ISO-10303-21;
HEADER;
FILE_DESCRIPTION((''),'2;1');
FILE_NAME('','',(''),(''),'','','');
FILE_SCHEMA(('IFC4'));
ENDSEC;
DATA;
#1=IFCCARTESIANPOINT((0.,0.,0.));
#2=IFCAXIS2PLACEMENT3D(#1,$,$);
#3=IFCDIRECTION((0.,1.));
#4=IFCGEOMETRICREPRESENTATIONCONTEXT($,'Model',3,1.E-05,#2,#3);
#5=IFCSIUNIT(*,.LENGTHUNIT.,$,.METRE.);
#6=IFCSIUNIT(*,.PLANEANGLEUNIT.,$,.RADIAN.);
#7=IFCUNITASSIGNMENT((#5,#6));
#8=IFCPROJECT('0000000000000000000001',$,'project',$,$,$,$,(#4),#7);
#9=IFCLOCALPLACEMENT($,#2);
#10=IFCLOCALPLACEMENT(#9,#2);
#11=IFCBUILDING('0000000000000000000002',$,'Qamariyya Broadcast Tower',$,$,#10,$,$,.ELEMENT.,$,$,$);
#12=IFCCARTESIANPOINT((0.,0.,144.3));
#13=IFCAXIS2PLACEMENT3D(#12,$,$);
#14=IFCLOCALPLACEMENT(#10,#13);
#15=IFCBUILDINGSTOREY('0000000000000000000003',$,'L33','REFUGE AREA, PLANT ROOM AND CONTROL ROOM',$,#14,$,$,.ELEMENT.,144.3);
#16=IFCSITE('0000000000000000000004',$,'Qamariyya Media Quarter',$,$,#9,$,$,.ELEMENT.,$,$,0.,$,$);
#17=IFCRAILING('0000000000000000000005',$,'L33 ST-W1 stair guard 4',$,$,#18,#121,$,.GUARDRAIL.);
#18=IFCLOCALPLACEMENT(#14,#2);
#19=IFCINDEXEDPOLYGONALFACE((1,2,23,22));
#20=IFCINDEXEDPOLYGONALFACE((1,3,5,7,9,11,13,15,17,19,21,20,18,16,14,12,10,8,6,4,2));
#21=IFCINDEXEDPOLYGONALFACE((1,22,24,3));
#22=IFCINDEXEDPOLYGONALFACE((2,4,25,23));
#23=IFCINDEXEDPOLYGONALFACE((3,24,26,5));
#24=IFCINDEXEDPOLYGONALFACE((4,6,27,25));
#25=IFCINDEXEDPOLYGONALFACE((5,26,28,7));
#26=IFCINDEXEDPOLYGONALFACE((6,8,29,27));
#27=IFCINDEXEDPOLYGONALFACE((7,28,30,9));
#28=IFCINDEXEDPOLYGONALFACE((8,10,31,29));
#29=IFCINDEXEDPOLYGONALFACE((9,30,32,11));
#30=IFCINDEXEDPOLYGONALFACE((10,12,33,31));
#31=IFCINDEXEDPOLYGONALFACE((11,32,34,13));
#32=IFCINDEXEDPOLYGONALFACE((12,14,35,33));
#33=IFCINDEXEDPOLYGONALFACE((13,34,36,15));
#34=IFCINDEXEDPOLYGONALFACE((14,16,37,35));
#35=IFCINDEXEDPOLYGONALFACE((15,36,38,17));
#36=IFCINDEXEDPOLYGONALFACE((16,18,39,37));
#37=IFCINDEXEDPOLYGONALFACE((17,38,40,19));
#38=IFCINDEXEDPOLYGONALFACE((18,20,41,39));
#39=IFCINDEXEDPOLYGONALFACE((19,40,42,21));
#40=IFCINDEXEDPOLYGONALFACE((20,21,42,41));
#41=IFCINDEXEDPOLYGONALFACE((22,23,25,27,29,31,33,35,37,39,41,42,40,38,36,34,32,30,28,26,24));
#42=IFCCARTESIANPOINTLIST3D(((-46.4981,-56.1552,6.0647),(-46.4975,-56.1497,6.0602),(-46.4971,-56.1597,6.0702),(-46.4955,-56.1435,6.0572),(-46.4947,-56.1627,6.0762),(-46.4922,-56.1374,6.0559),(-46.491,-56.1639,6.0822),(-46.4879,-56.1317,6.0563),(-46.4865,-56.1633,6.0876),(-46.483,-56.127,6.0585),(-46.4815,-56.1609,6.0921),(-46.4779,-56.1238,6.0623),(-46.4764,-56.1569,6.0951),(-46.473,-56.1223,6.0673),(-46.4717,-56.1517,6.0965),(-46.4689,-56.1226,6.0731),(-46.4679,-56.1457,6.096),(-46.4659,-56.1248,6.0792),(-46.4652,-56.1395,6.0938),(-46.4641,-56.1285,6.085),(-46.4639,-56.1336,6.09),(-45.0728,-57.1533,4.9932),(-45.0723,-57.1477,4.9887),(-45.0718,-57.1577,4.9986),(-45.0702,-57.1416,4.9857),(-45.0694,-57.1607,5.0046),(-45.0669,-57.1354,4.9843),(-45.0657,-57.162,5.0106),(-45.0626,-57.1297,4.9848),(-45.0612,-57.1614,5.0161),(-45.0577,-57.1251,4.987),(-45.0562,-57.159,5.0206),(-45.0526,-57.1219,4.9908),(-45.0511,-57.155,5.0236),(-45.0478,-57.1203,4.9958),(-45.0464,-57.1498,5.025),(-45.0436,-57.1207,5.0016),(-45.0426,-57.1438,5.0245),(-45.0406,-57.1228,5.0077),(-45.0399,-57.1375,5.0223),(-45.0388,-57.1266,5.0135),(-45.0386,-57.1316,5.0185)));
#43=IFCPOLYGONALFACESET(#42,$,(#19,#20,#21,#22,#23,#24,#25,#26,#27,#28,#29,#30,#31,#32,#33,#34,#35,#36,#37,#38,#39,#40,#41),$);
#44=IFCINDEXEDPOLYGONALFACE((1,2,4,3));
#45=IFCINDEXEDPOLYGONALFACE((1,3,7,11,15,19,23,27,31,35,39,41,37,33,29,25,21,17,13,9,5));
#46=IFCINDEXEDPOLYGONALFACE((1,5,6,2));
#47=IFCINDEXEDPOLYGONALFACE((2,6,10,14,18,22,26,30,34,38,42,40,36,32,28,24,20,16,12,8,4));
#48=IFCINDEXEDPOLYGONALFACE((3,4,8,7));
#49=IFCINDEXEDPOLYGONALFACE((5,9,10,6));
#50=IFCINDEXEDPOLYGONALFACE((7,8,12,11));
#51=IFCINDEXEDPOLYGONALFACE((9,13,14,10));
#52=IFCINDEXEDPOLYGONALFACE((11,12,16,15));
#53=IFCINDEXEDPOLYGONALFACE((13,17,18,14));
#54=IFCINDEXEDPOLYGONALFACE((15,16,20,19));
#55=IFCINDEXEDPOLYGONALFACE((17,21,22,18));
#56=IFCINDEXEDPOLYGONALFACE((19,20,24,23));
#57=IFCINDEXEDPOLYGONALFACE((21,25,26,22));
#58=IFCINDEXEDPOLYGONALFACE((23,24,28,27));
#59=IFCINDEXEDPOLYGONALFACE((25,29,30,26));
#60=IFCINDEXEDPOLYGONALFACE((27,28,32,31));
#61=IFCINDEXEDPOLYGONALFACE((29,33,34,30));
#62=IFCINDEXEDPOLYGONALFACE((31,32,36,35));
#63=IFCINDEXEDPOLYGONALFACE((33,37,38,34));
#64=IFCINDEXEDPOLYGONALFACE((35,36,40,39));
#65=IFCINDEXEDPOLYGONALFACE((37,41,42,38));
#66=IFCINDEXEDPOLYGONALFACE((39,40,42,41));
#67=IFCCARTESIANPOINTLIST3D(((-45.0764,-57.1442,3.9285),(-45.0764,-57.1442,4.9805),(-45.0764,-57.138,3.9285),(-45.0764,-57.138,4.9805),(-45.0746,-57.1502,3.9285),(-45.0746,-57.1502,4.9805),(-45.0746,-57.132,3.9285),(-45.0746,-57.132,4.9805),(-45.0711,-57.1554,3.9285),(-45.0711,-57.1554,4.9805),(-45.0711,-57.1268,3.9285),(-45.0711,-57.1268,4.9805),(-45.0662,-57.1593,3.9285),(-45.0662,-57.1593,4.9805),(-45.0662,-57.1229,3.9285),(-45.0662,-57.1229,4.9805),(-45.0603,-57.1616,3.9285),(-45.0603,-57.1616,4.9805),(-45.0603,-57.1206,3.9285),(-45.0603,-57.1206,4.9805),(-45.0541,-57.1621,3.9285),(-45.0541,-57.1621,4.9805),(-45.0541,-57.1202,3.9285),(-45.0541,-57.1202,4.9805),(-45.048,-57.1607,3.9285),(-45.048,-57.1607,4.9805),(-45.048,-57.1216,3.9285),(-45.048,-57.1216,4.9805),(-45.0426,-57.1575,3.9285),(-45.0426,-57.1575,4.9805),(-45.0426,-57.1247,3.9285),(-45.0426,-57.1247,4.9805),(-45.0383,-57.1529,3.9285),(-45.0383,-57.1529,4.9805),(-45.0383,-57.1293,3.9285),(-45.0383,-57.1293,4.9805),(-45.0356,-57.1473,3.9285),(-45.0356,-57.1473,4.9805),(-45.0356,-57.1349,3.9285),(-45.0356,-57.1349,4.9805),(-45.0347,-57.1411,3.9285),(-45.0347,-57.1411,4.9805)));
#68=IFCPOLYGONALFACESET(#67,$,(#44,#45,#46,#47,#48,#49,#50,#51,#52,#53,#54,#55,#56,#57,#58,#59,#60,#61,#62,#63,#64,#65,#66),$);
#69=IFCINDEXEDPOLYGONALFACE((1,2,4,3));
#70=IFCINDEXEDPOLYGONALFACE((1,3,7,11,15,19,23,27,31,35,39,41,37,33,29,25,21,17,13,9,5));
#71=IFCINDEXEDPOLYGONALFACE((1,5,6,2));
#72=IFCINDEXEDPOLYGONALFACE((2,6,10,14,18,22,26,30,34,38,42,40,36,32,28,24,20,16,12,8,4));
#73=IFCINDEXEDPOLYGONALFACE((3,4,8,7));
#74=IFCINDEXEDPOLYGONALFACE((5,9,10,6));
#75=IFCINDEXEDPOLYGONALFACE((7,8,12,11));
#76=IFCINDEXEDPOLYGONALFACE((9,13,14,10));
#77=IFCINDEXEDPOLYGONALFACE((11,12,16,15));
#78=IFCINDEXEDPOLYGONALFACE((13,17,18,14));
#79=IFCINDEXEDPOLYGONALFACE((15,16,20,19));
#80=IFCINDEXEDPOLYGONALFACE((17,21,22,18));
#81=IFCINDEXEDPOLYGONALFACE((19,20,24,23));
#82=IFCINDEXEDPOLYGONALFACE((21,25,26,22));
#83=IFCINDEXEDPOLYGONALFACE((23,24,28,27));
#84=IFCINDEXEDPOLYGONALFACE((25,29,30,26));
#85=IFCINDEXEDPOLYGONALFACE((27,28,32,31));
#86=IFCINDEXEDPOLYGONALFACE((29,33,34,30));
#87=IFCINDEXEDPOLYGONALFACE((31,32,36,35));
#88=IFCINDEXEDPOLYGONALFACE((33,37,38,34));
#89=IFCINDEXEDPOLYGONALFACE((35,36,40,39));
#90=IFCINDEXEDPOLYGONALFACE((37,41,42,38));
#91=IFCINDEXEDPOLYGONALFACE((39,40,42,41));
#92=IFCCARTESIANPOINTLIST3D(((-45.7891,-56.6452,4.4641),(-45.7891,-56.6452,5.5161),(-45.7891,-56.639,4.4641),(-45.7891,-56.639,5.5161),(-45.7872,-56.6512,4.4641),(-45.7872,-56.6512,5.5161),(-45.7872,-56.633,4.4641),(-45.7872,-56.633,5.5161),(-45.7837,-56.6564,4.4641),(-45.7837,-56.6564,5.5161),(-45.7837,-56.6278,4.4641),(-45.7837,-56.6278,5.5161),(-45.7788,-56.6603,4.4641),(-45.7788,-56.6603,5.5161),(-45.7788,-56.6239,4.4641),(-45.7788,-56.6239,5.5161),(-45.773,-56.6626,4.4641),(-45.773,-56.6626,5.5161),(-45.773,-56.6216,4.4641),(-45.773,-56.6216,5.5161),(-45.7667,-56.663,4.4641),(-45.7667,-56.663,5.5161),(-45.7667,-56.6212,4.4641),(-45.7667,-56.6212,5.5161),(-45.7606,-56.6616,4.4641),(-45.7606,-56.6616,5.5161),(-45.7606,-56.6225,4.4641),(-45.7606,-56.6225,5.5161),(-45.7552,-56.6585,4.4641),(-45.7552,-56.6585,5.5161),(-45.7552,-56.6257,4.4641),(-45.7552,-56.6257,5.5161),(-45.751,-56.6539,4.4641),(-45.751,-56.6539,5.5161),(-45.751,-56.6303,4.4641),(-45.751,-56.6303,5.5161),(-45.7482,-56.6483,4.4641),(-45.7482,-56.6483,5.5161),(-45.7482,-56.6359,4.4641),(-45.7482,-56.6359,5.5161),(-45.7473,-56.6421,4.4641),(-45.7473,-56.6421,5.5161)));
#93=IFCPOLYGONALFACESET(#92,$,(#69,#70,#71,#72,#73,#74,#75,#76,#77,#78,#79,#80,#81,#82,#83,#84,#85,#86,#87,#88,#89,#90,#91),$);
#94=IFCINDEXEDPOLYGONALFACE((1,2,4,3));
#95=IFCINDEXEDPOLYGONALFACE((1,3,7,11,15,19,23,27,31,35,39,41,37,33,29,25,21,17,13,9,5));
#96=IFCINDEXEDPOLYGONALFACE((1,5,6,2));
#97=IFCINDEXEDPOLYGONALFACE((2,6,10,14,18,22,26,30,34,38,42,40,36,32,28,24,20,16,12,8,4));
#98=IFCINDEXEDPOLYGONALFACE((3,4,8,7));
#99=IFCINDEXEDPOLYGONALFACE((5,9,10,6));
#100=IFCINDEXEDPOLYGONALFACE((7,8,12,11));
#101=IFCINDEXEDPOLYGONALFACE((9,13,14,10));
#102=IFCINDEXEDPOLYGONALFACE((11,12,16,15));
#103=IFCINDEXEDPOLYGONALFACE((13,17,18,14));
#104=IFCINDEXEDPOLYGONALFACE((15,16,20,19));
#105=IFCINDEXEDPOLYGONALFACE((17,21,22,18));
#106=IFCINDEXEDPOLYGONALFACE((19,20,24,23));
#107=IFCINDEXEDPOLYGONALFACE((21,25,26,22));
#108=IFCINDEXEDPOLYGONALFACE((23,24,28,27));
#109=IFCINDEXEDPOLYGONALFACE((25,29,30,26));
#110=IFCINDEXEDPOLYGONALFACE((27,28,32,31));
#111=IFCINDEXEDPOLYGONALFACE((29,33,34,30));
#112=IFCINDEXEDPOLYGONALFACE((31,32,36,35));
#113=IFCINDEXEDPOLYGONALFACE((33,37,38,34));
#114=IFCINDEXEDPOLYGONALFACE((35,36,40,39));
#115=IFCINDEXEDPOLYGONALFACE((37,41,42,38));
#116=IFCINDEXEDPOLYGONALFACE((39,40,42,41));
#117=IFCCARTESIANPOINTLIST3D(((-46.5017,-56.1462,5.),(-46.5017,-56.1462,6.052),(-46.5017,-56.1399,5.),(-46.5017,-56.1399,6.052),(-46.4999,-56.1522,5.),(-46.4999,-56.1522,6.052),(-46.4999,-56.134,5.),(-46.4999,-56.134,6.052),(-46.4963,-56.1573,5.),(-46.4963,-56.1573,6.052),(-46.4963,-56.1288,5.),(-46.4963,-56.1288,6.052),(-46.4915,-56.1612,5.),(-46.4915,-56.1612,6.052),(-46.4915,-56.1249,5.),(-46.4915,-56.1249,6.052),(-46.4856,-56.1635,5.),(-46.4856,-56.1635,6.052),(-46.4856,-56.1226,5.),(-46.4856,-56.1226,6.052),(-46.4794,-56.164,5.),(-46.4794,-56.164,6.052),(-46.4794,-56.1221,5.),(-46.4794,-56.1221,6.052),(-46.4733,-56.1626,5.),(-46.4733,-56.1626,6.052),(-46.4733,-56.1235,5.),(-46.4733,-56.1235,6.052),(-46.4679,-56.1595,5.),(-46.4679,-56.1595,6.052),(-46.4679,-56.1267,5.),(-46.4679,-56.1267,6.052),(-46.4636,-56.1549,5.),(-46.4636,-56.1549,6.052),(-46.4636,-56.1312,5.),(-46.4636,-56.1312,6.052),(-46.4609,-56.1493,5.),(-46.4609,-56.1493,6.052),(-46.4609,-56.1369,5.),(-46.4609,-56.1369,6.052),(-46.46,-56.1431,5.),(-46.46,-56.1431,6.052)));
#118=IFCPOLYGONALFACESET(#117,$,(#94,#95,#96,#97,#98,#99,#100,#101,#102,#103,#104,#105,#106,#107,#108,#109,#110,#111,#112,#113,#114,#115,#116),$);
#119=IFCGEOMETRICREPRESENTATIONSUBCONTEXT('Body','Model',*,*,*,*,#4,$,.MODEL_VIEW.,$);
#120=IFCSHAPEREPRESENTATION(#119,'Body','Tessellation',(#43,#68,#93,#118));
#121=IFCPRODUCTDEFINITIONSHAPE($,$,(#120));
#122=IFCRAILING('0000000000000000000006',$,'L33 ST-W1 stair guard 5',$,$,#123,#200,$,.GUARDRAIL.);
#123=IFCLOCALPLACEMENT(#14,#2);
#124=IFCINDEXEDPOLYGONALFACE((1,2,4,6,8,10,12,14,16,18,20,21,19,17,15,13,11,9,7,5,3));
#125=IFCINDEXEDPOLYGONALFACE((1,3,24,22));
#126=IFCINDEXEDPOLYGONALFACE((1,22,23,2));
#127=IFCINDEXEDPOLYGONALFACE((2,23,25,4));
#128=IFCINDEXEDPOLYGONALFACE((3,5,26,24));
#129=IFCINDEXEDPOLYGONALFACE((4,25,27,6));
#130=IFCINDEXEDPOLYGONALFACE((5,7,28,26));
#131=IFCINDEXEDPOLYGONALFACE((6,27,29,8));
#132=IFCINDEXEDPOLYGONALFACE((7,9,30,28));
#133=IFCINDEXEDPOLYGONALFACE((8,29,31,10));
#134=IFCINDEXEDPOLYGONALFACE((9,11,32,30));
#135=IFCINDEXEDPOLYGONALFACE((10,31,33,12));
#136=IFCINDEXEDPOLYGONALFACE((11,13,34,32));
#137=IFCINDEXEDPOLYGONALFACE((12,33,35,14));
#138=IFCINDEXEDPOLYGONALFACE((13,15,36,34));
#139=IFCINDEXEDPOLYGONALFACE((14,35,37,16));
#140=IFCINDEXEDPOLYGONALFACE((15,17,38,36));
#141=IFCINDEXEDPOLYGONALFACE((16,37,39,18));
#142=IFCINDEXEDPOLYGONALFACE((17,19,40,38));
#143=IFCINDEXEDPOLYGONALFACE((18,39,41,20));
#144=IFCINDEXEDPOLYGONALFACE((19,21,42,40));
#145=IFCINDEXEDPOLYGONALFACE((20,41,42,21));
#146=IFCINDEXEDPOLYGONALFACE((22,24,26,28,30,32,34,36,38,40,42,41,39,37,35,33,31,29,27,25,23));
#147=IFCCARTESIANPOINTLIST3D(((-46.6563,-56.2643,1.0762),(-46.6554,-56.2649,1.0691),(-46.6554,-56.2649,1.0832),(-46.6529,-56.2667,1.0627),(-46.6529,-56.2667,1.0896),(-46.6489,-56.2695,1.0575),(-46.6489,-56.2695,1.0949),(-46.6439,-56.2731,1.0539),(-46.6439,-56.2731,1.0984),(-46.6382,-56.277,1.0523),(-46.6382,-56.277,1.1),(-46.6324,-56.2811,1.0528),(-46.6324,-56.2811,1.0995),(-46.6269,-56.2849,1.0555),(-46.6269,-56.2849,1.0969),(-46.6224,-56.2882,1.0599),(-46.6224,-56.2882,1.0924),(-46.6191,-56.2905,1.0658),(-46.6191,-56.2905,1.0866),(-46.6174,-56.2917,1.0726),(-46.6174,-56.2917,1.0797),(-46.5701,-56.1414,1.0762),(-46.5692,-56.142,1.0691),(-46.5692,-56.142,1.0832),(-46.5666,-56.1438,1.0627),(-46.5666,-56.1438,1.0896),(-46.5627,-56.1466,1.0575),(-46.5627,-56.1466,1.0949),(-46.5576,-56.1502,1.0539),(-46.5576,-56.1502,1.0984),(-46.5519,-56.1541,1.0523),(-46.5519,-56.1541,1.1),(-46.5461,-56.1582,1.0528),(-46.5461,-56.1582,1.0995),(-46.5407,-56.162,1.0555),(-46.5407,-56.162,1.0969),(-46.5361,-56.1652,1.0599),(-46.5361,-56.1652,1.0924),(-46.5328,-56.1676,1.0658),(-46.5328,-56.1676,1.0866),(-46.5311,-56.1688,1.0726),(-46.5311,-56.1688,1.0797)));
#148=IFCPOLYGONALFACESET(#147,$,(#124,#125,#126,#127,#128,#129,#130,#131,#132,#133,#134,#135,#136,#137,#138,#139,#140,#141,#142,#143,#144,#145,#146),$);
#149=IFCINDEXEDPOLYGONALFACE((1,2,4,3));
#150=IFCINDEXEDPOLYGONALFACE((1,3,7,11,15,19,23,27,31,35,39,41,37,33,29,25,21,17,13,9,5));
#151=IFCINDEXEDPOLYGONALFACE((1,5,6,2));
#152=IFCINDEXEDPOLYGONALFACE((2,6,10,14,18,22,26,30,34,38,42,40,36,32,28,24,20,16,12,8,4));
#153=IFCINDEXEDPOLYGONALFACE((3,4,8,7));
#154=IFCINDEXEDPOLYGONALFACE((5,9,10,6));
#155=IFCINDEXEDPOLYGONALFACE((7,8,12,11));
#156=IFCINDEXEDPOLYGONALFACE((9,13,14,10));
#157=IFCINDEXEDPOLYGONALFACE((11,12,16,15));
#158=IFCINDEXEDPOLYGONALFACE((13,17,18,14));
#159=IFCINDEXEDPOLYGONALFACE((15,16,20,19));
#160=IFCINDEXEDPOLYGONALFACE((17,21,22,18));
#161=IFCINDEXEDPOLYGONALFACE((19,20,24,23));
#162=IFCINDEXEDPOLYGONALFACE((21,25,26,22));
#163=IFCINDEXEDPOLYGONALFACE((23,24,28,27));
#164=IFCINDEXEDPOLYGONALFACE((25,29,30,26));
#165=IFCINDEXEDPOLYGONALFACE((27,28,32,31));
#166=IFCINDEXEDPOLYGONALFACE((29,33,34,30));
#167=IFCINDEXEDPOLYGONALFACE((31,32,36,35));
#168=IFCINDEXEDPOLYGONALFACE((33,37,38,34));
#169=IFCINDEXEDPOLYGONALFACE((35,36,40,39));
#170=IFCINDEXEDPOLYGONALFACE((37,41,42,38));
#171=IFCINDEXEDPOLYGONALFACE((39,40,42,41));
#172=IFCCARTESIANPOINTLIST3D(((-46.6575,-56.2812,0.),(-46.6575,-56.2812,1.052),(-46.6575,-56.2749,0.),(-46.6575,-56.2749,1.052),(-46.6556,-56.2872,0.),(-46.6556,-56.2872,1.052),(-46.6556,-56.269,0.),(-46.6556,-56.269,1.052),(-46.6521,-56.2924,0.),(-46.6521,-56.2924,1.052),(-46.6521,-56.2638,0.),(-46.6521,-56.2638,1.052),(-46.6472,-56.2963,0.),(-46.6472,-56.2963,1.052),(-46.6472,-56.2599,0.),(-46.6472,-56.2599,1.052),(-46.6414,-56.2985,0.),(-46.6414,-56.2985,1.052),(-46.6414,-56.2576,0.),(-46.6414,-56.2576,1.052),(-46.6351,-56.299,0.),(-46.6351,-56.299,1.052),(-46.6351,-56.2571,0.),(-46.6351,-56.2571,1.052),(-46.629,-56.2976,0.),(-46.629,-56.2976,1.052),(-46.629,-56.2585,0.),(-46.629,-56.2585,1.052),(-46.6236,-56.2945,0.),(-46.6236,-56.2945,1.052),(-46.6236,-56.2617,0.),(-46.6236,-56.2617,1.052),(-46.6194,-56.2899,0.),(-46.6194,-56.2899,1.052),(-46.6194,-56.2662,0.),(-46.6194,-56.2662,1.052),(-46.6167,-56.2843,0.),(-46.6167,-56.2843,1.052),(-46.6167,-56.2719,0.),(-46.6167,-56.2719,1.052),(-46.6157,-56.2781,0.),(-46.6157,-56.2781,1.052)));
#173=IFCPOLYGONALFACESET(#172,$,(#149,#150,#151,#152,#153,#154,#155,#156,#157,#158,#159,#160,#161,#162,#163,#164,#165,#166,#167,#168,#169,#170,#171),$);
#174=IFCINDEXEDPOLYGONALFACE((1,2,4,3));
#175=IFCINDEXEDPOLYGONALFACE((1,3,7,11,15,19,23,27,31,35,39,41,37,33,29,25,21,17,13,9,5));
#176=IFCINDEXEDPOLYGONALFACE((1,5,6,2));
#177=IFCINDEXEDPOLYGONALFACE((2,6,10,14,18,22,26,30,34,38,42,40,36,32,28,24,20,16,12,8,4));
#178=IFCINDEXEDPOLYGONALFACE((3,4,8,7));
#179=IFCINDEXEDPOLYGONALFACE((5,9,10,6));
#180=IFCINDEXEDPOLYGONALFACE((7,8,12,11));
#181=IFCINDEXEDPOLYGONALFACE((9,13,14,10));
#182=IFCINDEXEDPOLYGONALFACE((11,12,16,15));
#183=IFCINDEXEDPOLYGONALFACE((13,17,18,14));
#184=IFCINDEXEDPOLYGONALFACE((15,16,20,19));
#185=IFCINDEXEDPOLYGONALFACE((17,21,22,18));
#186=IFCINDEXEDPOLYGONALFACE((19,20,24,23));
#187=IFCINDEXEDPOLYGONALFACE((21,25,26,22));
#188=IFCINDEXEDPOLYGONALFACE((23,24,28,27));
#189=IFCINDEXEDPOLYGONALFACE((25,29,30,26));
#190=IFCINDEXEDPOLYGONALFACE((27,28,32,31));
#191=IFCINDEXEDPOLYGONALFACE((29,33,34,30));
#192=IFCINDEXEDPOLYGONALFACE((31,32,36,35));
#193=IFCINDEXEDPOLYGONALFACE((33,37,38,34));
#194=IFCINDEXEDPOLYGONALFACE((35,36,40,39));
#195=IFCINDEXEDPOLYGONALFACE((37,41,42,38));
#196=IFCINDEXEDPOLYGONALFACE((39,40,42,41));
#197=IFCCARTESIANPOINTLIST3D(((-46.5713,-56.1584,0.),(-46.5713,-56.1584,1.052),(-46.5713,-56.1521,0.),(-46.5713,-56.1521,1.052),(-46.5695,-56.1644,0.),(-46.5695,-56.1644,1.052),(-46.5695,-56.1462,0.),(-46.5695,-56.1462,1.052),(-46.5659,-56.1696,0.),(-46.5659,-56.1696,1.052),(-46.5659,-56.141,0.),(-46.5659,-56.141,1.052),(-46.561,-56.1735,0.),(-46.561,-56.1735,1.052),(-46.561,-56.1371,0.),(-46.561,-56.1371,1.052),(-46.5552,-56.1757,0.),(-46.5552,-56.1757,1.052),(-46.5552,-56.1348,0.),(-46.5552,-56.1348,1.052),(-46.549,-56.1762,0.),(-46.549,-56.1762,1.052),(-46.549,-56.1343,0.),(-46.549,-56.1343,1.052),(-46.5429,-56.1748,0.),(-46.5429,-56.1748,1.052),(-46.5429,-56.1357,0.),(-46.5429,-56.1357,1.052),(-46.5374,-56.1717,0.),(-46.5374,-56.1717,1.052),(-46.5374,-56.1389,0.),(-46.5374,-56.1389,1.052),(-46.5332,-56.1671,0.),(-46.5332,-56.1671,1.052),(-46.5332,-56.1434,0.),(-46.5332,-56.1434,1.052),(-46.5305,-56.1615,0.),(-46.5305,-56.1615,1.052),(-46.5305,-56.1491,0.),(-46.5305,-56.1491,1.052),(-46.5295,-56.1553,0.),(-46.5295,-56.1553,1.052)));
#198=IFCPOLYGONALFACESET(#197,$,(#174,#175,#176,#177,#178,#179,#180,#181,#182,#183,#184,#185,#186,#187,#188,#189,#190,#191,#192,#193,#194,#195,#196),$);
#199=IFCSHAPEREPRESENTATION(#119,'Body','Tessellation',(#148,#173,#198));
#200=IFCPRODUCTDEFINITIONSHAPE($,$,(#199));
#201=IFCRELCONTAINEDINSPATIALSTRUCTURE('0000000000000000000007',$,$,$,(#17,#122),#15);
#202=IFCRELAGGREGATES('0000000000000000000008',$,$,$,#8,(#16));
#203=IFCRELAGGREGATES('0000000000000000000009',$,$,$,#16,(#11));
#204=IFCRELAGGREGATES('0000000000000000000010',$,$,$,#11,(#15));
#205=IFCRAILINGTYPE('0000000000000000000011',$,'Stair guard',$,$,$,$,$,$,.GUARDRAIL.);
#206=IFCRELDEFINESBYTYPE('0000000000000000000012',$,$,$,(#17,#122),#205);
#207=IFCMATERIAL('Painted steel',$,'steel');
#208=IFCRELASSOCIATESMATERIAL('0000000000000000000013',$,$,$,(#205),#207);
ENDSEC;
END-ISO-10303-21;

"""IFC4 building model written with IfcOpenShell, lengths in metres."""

from ifc_helpers import new_model, si_unit, direction, frame, origin, origin_2d, place, context, subcontext, project, spatial, circle, extrude, material, type_object, element, save


model = new_model("IFC4")

# Units and contexts
model_context = context("Model", 3, precision=1e-05, world=origin(), true_north=direction((0.0, 1.0)))
body_context = subcontext(model_context, "Body", "Model", "MODEL_VIEW")
ifc_project = project(units=[si_unit("LENGTHUNIT", "METRE"), si_unit("PLANEANGLEUNIT", "RADIAN")], contexts=[model_context])

# Site, building, storey
site_placement = place(None, origin())
site = spatial("IfcSite", under=ifc_project, at=site_placement, Name="Qamariyya Media Quarter", CompositionType="ELEMENT", RefElevation=0.0)
building_placement = place(site_placement, origin())
building = spatial("IfcBuilding", under=site, at=building_placement, Name="Qamariyya Broadcast Tower", CompositionType="ELEMENT")
storey_placement = place(building_placement, frame((0.0, 0.0, 144.3)))
storey = spatial("IfcBuildingStorey", under=building, at=storey_placement, Name="L33", Description="REFUGE AREA, PLANT ROOM AND CONTROL ROOM", CompositionType="ELEMENT", Elevation=144.3)

# Railings
ifc_material_1 = material(Name="Painted steel", Category="steel")
railing_type_1 = type_object("IfcRailingType", Name="Stair guard", PredefinedType="GUARDRAIL", material=ifc_material_1)
railing_1_placement = place(storey_placement, frame((-45.0557, -57.1411, 3.9285)))
element("IfcRailing", 1, at=railing_1_placement, inside=storey, type_object=railing_type_1, Name="L33 ST-W1 stair guard 4", PredefinedType="GUARDRAIL", context=body_context, shape_type="SweptSolid", body=[
    extrude(circle(Radius=0.0239, at=origin_2d()), frame((0.0, 0.0, 1.0762), z_axis=(-0.697489, 0.48841, 0.524371), x_axis=(-0.573594, -0.81914, 0.0)), (0.0, 0.0, 1.0), 2.0435),
    extrude(circle(Radius=0.021, at=origin_2d()), origin(), (0.0, 0.0, 1.0), 1.052),
    extrude(circle(Radius=0.021, at=origin_2d()), frame((-0.7126, 0.499, 0.5356)), (0.0, 0.0, 1.0), 1.052),
    extrude(circle(Radius=0.021, at=origin_2d()), frame((-1.4253, 0.998, 1.0715)), (0.0, 0.0, 1.0), 1.052),
])
railing_2_placement = place(storey_placement, frame((-46.6367, -56.2781, 0.0)))
element("IfcRailing", 2, at=railing_2_placement, inside=storey, type_object=railing_type_1, Name="L33 ST-W1 stair guard 5", PredefinedType="GUARDRAIL", context=body_context, shape_type="SweptSolid", body=[
    extrude(circle(Radius=0.0239, at=origin_2d()), frame((0.0, 0.0, 1.0762), z_axis=(0.574445, 0.818543, 0.0), x_axis=(-0.818543, 0.574445, 0.0)), (0.0, 0.0, 1.0), 0.1501),
    extrude(circle(Radius=0.021, at=origin_2d()), origin(), (0.0, 0.0, 1.0), 1.052),
    extrude(circle(Radius=0.021, at=origin_2d()), frame((0.0862, 0.1228, 0.0)), (0.0, 0.0, 1.0), 1.052),
])

save(model, "model.ifc")
